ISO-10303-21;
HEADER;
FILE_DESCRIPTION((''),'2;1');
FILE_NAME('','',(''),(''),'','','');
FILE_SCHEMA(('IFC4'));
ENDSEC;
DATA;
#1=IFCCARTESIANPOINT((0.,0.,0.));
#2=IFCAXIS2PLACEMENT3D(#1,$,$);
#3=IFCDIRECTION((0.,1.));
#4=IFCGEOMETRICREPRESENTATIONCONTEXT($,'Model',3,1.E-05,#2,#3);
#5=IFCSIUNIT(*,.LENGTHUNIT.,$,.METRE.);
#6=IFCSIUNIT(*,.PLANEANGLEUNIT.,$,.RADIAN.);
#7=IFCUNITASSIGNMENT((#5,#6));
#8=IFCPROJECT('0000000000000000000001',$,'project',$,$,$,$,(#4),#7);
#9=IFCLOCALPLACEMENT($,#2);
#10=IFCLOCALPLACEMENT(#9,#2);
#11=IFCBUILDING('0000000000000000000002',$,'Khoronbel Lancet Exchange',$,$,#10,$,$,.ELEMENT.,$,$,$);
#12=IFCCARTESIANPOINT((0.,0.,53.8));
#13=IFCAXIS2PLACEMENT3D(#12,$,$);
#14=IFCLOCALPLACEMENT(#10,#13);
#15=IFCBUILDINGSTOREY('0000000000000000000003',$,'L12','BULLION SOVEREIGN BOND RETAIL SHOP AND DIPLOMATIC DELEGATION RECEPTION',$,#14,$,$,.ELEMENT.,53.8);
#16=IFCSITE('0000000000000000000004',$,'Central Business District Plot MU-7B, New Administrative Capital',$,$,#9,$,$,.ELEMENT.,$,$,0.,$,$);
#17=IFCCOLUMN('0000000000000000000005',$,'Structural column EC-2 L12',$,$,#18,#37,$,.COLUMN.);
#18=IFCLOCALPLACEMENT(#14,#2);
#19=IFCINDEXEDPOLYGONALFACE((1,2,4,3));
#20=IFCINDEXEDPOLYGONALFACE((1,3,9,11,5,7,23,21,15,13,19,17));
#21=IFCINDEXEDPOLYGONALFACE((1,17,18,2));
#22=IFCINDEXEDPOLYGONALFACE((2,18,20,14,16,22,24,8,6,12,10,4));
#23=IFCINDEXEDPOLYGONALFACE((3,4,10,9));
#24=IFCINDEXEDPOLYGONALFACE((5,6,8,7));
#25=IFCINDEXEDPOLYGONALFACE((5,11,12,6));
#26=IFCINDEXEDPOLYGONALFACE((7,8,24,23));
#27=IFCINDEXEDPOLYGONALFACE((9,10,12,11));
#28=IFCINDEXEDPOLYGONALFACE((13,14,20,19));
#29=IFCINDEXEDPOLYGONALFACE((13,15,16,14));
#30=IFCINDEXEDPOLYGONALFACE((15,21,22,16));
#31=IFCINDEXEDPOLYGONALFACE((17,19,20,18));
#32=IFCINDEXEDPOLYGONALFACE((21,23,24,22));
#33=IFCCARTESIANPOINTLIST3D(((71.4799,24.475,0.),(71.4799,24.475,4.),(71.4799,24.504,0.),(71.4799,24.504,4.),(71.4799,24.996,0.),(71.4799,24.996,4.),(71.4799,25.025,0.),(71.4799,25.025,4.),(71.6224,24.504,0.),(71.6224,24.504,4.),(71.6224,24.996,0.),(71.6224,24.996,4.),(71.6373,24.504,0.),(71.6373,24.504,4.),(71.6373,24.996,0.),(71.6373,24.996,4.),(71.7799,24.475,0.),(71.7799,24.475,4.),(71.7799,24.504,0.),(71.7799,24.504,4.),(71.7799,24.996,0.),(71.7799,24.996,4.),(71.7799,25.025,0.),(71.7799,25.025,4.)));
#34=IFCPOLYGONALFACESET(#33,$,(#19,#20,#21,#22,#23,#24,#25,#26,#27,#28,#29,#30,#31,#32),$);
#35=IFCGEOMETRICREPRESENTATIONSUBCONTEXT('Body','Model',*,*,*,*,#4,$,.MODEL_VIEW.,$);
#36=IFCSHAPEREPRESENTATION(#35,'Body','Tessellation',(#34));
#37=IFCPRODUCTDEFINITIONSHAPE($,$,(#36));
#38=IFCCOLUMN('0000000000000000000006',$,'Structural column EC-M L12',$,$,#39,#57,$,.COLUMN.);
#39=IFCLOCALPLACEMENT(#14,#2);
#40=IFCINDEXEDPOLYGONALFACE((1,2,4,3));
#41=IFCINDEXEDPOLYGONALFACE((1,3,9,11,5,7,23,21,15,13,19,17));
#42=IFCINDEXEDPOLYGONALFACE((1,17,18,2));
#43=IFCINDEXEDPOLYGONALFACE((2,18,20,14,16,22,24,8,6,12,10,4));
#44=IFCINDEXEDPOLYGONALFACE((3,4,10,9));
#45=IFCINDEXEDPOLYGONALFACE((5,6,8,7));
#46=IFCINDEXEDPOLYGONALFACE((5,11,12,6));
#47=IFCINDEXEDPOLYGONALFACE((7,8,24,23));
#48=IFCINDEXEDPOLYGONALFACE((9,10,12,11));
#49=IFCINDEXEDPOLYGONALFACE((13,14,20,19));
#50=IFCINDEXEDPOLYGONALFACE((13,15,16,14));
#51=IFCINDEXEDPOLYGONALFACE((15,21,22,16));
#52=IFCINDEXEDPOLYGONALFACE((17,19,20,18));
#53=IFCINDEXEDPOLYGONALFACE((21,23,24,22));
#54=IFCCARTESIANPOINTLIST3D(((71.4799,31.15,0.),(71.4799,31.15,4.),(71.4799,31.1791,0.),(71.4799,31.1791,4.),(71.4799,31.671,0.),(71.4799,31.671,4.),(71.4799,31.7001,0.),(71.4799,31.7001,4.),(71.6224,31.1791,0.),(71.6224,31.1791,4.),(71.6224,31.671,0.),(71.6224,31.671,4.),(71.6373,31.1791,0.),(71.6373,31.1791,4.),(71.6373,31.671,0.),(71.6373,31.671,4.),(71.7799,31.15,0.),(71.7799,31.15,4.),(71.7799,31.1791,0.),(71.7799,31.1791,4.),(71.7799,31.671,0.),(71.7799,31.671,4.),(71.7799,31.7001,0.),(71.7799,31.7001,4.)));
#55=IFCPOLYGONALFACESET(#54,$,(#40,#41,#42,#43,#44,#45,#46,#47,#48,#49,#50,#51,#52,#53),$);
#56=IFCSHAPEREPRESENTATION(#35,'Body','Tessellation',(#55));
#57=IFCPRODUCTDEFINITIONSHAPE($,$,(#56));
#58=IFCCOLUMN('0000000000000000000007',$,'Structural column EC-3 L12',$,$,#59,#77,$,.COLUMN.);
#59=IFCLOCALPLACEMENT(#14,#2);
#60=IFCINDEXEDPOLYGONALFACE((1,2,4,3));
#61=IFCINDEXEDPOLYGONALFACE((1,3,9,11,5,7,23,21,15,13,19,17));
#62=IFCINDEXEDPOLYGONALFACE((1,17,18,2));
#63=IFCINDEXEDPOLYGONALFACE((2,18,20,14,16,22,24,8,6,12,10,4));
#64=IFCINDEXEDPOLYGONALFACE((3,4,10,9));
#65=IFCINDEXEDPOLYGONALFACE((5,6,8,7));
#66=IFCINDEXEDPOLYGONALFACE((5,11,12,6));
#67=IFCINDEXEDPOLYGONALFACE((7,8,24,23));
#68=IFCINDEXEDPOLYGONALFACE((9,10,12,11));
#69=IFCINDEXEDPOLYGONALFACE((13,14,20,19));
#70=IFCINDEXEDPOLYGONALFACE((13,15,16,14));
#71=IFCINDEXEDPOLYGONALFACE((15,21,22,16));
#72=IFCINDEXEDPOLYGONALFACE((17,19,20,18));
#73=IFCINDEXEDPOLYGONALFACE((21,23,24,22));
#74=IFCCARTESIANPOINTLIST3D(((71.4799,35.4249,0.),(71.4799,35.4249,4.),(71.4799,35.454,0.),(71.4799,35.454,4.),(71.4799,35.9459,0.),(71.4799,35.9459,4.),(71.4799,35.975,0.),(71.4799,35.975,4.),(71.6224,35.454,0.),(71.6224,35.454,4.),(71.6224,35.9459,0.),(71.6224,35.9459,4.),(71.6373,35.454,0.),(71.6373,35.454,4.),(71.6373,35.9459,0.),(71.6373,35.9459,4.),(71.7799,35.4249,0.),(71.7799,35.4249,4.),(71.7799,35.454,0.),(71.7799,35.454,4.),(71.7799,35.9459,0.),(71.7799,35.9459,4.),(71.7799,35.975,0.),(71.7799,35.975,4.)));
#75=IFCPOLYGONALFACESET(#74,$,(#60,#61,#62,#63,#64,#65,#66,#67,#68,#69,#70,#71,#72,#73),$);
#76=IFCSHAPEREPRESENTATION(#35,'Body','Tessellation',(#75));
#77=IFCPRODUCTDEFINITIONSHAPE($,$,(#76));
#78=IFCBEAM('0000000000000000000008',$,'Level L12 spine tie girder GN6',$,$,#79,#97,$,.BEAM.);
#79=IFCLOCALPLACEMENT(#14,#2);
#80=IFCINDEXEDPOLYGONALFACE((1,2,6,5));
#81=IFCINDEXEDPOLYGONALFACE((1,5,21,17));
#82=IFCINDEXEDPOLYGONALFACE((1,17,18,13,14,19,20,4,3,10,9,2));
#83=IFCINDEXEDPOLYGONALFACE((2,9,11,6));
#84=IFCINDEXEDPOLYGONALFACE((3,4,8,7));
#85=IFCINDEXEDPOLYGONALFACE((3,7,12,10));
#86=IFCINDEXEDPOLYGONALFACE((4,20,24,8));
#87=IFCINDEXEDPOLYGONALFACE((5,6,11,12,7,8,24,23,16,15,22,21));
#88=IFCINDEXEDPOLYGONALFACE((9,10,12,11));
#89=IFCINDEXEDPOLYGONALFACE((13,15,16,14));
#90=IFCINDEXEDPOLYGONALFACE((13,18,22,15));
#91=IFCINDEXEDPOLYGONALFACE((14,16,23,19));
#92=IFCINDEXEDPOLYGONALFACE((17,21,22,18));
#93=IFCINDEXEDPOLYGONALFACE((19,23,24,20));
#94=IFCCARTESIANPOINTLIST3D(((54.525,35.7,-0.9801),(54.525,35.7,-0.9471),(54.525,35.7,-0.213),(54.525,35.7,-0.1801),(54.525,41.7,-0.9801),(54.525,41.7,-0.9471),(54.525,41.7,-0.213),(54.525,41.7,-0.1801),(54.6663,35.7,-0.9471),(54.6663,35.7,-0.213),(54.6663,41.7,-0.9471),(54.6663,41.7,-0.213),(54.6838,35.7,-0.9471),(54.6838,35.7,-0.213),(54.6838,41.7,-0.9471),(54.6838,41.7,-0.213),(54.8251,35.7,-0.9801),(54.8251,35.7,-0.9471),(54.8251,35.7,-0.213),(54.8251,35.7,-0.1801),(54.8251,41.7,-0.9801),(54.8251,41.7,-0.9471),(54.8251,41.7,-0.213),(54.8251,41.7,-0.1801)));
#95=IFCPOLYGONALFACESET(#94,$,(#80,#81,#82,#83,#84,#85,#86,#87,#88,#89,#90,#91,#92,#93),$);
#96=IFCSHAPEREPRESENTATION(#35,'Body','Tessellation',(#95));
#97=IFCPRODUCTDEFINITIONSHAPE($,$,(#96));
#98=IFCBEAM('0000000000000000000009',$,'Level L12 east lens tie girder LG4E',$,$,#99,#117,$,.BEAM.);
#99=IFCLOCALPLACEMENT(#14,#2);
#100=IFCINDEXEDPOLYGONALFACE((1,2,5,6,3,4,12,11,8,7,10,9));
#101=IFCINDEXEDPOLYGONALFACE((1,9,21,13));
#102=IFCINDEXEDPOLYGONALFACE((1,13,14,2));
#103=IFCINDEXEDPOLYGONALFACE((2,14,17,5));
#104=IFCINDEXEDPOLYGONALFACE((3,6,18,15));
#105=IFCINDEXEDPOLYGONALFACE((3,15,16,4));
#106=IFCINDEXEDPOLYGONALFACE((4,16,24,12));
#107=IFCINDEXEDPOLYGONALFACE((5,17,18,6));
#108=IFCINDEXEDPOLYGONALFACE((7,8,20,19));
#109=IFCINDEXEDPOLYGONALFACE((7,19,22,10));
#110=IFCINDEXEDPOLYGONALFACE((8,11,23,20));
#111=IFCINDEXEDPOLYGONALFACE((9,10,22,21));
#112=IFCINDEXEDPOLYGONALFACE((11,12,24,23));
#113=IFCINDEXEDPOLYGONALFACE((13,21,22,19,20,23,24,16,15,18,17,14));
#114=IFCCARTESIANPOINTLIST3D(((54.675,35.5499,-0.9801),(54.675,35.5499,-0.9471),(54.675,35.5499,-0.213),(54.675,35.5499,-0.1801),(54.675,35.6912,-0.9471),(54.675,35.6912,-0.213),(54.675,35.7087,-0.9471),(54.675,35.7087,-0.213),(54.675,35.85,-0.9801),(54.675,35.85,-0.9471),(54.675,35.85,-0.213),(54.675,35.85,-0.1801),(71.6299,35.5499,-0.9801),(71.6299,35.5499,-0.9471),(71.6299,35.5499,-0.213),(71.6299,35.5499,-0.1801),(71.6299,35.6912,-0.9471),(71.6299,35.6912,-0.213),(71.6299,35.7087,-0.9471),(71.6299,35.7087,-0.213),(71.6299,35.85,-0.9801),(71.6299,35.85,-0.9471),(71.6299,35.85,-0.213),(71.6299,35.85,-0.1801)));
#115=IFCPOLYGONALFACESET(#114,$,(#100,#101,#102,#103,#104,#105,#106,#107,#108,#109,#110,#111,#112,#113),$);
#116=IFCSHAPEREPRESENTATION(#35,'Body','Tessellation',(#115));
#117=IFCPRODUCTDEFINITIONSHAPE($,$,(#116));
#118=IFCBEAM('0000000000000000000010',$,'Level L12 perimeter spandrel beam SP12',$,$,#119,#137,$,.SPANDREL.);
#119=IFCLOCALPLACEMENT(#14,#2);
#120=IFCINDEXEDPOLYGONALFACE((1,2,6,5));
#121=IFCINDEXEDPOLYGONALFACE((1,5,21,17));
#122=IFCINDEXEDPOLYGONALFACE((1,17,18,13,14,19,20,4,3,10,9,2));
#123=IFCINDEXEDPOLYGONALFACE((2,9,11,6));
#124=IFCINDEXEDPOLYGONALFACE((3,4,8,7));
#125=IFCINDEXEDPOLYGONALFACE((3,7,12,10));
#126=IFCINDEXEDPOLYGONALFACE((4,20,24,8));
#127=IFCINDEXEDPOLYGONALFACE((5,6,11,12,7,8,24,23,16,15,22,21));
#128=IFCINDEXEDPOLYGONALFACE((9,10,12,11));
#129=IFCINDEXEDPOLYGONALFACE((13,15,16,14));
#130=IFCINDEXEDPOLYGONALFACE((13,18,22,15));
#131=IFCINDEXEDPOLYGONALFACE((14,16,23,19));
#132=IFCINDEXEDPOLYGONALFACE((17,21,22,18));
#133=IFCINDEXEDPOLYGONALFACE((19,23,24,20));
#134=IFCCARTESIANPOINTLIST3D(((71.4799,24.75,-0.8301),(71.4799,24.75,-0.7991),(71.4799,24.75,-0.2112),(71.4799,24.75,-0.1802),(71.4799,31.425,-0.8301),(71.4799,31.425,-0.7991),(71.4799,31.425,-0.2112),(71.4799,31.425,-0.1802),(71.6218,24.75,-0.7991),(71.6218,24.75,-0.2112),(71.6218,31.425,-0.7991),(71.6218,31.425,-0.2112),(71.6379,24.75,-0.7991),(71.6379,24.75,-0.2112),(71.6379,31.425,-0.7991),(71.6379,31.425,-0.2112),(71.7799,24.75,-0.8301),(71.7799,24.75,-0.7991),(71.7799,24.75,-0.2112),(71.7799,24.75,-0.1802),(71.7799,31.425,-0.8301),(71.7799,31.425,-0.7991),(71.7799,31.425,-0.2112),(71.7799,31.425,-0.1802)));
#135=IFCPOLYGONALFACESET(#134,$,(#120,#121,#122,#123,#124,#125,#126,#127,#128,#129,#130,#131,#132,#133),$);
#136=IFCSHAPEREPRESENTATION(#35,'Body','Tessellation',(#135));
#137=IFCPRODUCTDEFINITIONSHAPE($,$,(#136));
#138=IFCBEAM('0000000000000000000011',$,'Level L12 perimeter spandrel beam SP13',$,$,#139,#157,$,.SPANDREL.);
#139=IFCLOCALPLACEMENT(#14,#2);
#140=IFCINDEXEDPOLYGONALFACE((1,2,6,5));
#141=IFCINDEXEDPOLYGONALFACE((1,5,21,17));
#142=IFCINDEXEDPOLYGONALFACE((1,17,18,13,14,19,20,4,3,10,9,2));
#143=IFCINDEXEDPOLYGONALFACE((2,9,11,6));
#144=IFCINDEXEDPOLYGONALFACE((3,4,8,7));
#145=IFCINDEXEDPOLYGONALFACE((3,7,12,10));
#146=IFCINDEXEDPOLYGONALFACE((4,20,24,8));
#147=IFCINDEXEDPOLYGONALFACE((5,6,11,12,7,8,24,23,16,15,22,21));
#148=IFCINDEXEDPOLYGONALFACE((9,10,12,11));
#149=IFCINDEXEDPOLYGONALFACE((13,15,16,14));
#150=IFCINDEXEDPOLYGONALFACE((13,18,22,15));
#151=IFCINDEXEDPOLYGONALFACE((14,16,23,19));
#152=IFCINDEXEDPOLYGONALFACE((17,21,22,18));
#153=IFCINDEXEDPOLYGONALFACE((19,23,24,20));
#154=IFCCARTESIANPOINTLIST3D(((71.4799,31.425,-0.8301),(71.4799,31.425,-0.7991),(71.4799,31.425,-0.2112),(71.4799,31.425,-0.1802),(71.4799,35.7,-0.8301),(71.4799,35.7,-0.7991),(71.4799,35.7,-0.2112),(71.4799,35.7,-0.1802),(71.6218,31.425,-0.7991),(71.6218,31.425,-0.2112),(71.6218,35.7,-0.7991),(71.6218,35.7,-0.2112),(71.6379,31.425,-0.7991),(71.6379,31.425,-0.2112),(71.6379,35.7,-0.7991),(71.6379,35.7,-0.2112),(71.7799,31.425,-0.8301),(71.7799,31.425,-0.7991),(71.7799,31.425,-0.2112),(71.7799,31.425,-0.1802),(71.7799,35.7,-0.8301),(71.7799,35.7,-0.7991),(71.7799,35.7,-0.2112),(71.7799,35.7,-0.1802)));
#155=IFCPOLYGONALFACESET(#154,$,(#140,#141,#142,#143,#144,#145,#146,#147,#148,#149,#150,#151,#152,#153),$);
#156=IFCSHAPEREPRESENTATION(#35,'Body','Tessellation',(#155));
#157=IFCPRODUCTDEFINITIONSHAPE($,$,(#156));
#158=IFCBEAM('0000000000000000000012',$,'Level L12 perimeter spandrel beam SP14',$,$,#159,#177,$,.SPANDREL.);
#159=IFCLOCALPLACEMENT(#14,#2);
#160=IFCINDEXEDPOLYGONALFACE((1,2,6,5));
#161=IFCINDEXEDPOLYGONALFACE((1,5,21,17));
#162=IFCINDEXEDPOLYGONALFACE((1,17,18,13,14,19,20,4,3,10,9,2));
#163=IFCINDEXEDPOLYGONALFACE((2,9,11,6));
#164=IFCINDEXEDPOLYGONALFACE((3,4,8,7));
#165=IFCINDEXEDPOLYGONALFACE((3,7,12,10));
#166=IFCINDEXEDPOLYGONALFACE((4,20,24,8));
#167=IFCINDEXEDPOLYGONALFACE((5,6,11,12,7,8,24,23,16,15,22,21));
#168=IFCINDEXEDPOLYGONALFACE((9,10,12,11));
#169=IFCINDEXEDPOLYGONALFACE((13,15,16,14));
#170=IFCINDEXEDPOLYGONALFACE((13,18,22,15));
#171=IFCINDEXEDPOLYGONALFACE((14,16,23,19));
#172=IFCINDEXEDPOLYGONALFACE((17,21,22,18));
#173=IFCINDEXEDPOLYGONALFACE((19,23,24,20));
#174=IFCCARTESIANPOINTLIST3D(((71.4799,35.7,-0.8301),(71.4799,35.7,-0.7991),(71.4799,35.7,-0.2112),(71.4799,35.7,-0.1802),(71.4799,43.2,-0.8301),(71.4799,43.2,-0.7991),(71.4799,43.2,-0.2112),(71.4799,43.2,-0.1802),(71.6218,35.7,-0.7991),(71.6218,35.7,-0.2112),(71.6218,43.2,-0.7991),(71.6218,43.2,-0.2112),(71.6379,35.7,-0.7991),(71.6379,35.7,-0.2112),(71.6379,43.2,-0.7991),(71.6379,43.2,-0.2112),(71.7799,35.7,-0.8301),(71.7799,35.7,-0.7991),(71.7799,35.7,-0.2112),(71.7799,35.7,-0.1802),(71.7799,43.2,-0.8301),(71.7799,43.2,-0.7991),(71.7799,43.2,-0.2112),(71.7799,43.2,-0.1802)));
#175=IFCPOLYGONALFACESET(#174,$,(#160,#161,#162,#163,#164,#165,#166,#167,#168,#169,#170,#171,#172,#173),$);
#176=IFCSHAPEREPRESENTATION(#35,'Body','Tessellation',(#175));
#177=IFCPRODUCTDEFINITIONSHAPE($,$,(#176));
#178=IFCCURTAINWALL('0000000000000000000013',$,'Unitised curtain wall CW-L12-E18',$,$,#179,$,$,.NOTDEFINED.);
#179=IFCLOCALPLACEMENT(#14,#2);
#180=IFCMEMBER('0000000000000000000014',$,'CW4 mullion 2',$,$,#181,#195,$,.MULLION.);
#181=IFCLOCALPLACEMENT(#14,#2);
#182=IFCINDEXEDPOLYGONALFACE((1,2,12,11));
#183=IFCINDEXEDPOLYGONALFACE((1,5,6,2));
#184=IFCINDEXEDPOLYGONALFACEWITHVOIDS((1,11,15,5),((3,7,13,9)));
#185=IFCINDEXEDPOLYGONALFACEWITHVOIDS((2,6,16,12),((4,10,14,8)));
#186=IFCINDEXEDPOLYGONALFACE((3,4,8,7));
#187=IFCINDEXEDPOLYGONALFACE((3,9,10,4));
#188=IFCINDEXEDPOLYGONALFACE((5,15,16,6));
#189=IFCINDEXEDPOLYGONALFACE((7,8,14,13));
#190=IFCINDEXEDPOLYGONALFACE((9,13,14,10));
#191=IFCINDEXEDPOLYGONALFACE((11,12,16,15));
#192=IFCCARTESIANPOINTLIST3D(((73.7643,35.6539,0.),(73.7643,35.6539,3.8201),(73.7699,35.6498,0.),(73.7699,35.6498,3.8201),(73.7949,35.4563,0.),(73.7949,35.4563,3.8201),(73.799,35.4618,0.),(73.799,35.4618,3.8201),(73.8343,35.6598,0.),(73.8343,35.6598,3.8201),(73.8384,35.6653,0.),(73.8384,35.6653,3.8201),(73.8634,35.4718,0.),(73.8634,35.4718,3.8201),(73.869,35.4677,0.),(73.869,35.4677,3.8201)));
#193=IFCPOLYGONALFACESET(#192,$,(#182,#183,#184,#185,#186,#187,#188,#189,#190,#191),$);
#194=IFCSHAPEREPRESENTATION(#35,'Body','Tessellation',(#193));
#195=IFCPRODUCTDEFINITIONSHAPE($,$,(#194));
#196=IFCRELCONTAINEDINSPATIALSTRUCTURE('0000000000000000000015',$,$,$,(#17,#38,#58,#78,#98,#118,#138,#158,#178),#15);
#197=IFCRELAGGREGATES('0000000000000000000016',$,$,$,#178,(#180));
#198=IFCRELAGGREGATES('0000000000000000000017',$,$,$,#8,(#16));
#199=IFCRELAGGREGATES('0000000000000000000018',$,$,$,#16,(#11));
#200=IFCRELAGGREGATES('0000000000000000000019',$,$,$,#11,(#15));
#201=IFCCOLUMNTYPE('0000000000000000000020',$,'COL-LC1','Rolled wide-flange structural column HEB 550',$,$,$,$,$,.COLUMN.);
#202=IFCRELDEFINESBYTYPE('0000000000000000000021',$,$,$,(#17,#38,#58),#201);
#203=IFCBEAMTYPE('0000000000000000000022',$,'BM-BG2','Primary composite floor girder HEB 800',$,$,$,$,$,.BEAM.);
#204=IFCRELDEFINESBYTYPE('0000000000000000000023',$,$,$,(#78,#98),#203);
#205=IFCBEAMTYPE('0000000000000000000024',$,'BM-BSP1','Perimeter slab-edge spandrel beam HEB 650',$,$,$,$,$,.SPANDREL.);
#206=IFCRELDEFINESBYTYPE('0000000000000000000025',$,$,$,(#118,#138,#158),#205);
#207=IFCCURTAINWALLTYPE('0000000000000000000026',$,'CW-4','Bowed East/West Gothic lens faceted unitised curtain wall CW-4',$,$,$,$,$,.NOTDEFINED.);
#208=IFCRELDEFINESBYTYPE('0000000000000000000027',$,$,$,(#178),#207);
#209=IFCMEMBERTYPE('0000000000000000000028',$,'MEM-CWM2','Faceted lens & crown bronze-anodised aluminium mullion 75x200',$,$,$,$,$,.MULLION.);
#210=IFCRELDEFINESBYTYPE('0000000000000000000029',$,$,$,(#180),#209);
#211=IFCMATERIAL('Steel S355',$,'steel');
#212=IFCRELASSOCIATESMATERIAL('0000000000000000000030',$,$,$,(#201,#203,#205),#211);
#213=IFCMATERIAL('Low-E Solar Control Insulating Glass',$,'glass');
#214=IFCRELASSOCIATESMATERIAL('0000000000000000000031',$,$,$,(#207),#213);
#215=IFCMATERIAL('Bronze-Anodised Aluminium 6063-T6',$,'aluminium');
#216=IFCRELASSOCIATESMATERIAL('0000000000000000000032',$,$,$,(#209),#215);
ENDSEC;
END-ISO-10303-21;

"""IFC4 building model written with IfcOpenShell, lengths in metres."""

from ifc_helpers import new_model, si_unit, direction, frame, origin, origin_2d, place, context, subcontext, project, spatial, hollow_rectangle, i_section, extrude, material, material_profile, profile_set, type_object, element, aggregate, save


model = new_model("IFC4")

# Units and contexts
model_context = context("Model", 3, precision=1e-05, world=origin(), true_north=direction((0.0, 1.0)))
body_context = subcontext(model_context, "Body", "Model", "MODEL_VIEW")
ifc_project = project(units=[si_unit("LENGTHUNIT", "METRE"), si_unit("PLANEANGLEUNIT", "RADIAN")], contexts=[model_context])

# Site, building, storey
site_placement = place(None, origin())
site = spatial("IfcSite", under=ifc_project, at=site_placement, Name="Central Business District Plot MU-7B, New Administrative Capital", CompositionType="ELEMENT", RefElevation=0.0)
building_placement = place(site_placement, origin())
building = spatial("IfcBuilding", under=site, at=building_placement, Name="Khoronbel Lancet Exchange", CompositionType="ELEMENT")
storey_placement = place(building_placement, frame((0.0, 0.0, 53.8)))
storey = spatial("IfcBuildingStorey", under=building, at=storey_placement, Name="L12", Description="BULLION SOVEREIGN BOND RETAIL SHOP AND DIPLOMATIC DELEGATION RECEPTION", CompositionType="ELEMENT", Elevation=53.8)

# Columns
ifc_material_1 = material(Name="Steel S355", Category="steel")
ifc_material_profile_1 = material_profile(ifc_material_1, i_section(OverallWidth=0.3, OverallDepth=0.55, WebThickness=0.0149, FlangeThickness=0.0291, at=origin_2d()), Name="HEB 550")
ifc_profile_set_1 = profile_set([ifc_material_profile_1], Name="Steel S355")
column_type = type_object("IfcColumnType", Name="COL-LC1", Description="Rolled wide-flange structural column HEB 550", PredefinedType="COLUMN", material=ifc_profile_set_1)
for number, where, z_axis, x_axis, name in (
    (1, (71.6299, 24.75, 0.0), (0.0, 0.0, 1.0), (1.0, 0.0, 0.0), "Structural column EC-2 L12"),
    (2, (71.6299, 31.425, 0.0), (0.0, 0.0, 1.0), (1.0, 0.0, 0.0), "Structural column EC-M L12"),
    (3, (71.6299, 35.7, 0.0), (0.0, 0.0, 1.0), (1.0, 0.0, 0.0), "Structural column EC-3 L12"),
):
    element("IfcColumn", number, at=place(storey_placement, frame(where, z_axis=z_axis, x_axis=x_axis)), inside=storey, type_object=column_type, Name=name, PredefinedType="COLUMN", context=body_context, shape_type="SweptSolid", body=[
        extrude(i_section(OverallWidth=0.3, OverallDepth=0.55, WebThickness=0.0149, FlangeThickness=0.0291, at=origin_2d()), origin(), (0.0, 0.0, 1.0), 4.0),
    ])

# Beams
ifc_material_profile_2 = material_profile(ifc_material_1, i_section(OverallWidth=0.3, OverallDepth=0.8, WebThickness=0.0176, FlangeThickness=0.033, at=origin_2d()), Name="HEB 800")
ifc_profile_set_2 = profile_set([ifc_material_profile_2], Name="Steel S355")
beam_type_1 = type_object("IfcBeamType", Name="BM-BG2", Description="Primary composite floor girder HEB 800", PredefinedType="BEAM", material=ifc_profile_set_2)
beam_1_placement = place(storey_placement, frame((54.675, 35.7, -0.5801), z_axis=(0.0, 1.0, 0.0), x_axis=(-1.0, 0.0, 0.0)))
element("IfcBeam", 4, at=beam_1_placement, inside=storey, type_object=beam_type_1, Name="Level L12 spine tie girder GN6", PredefinedType="BEAM", context=body_context, shape_type="SweptSolid", body=[
    extrude(i_section(OverallWidth=0.3, OverallDepth=0.8, WebThickness=0.0176, FlangeThickness=0.033, at=origin_2d()), origin(), (0.0, 0.0, 1.0), 6.0),
])
beam_2_placement = place(storey_placement, frame((54.675, 35.7, -0.5801), z_axis=(1.0, 0.0, 0.0), x_axis=(0.0, 1.0, 0.0)))
element("IfcBeam", 5, at=beam_2_placement, inside=storey, type_object=beam_type_1, Name="Level L12 east lens tie girder LG4E", PredefinedType="BEAM", context=body_context, shape_type="SweptSolid", body=[
    extrude(i_section(OverallWidth=0.3, OverallDepth=0.8, WebThickness=0.0176, FlangeThickness=0.033, at=origin_2d()), origin(), (0.0, 0.0, 1.0), 16.9548),
])
ifc_material_profile_3 = material_profile(ifc_material_1, i_section(OverallWidth=0.3, OverallDepth=0.6499, WebThickness=0.0161, FlangeThickness=0.031, at=origin_2d()), Name="HEB 650")
ifc_profile_set_3 = profile_set([ifc_material_profile_3], Name="Steel S355")
beam_type_2 = type_object("IfcBeamType", Name="BM-BSP1", Description="Perimeter slab-edge spandrel beam HEB 650", PredefinedType="SPANDREL", material=ifc_profile_set_3)
beam_3_placement = place(storey_placement, frame((71.6299, 24.75, -0.5051), z_axis=(0.0, 1.0, 0.0), x_axis=(-1.0, 0.0, 0.0)))
element("IfcBeam", 6, at=beam_3_placement, inside=storey, type_object=beam_type_2, Name="Level L12 perimeter spandrel beam SP12", PredefinedType="SPANDREL", context=body_context, shape_type="SweptSolid", body=[
    extrude(i_section(OverallWidth=0.3, OverallDepth=0.6499, WebThickness=0.0161, FlangeThickness=0.031, at=origin_2d()), origin(), (0.0, 0.0, 1.0), 6.675),
])
beam_4_placement = place(storey_placement, frame((71.6299, 31.425, -0.5051), z_axis=(0.0, 1.0, 0.0), x_axis=(-1.0, 0.0, 0.0)))
element("IfcBeam", 7, at=beam_4_placement, inside=storey, type_object=beam_type_2, Name="Level L12 perimeter spandrel beam SP13", PredefinedType="SPANDREL", context=body_context, shape_type="SweptSolid", body=[
    extrude(i_section(OverallWidth=0.3, OverallDepth=0.6499, WebThickness=0.0161, FlangeThickness=0.031, at=origin_2d()), origin(), (0.0, 0.0, 1.0), 4.2749),
])
beam_5_placement = place(storey_placement, frame((71.6299, 35.7, -0.5051), z_axis=(0.0, 1.0, 0.0), x_axis=(-1.0, 0.0, 0.0)))
element("IfcBeam", 8, at=beam_5_placement, inside=storey, type_object=beam_type_2, Name="Level L12 perimeter spandrel beam SP14", PredefinedType="SPANDREL", context=body_context, shape_type="SweptSolid", body=[
    extrude(i_section(OverallWidth=0.3, OverallDepth=0.6499, WebThickness=0.0161, FlangeThickness=0.031, at=origin_2d()), origin(), (0.0, 0.0, 1.0), 7.5),
])

# Curtain wall, member
ifc_material_2 = material(Name="Low-E Solar Control Insulating Glass", Category="glass")
curtain_wall_type = type_object("IfcCurtainWallType", Name="CW-4", Description="Bowed East/West Gothic lens faceted unitised curtain wall CW-4", PredefinedType="NOTDEFINED", material=ifc_material_2)
curtain_wall_1_placement = place(storey_placement, origin())
curtain_wall_1 = element("IfcCurtainWall", 9, at=curtain_wall_1_placement, inside=storey, type_object=curtain_wall_type, Name="Unitised curtain wall CW-L12-E18", PredefinedType="NOTDEFINED")
ifc_material_3 = material(Name="Bronze-Anodised Aluminium 6063-T6", Category="aluminium")
ifc_material_profile_4 = material_profile(ifc_material_3, hollow_rectangle(XDim=0.075, YDim=0.2, WallThickness=0.0049, at=origin_2d()), Name="ALU MULLION 75x200")
ifc_profile_set_4 = profile_set([ifc_material_profile_4], Name="Bronze-Anodised Aluminium 6063-T6")
member_type_1 = type_object("IfcMemberType", Name="MEM-CWM2", Description="Faceted lens & crown bronze-anodised aluminium mullion 75x200", PredefinedType="MULLION", material=ifc_profile_set_4)
member_1_placement = place(storey_placement, frame((73.8167, 35.5608, 0.0), z_axis=(0.0, 0.0, 1.0), x_axis=(0.988226, 0.153002, 0.0)))
member_1 = element("IfcMember", 10, at=member_1_placement, type_object=member_type_1, Name="CW4 mullion 2", PredefinedType="MULLION", context=body_context, shape_type="SweptSolid", body=[
    extrude(hollow_rectangle(XDim=0.075, YDim=0.2, WallThickness=0.0049, at=origin_2d()), origin(), (0.0, 0.0, 1.0), 3.8201),
])

aggregate(curtain_wall_1, [member_1])

save(model, "model.ifc")
